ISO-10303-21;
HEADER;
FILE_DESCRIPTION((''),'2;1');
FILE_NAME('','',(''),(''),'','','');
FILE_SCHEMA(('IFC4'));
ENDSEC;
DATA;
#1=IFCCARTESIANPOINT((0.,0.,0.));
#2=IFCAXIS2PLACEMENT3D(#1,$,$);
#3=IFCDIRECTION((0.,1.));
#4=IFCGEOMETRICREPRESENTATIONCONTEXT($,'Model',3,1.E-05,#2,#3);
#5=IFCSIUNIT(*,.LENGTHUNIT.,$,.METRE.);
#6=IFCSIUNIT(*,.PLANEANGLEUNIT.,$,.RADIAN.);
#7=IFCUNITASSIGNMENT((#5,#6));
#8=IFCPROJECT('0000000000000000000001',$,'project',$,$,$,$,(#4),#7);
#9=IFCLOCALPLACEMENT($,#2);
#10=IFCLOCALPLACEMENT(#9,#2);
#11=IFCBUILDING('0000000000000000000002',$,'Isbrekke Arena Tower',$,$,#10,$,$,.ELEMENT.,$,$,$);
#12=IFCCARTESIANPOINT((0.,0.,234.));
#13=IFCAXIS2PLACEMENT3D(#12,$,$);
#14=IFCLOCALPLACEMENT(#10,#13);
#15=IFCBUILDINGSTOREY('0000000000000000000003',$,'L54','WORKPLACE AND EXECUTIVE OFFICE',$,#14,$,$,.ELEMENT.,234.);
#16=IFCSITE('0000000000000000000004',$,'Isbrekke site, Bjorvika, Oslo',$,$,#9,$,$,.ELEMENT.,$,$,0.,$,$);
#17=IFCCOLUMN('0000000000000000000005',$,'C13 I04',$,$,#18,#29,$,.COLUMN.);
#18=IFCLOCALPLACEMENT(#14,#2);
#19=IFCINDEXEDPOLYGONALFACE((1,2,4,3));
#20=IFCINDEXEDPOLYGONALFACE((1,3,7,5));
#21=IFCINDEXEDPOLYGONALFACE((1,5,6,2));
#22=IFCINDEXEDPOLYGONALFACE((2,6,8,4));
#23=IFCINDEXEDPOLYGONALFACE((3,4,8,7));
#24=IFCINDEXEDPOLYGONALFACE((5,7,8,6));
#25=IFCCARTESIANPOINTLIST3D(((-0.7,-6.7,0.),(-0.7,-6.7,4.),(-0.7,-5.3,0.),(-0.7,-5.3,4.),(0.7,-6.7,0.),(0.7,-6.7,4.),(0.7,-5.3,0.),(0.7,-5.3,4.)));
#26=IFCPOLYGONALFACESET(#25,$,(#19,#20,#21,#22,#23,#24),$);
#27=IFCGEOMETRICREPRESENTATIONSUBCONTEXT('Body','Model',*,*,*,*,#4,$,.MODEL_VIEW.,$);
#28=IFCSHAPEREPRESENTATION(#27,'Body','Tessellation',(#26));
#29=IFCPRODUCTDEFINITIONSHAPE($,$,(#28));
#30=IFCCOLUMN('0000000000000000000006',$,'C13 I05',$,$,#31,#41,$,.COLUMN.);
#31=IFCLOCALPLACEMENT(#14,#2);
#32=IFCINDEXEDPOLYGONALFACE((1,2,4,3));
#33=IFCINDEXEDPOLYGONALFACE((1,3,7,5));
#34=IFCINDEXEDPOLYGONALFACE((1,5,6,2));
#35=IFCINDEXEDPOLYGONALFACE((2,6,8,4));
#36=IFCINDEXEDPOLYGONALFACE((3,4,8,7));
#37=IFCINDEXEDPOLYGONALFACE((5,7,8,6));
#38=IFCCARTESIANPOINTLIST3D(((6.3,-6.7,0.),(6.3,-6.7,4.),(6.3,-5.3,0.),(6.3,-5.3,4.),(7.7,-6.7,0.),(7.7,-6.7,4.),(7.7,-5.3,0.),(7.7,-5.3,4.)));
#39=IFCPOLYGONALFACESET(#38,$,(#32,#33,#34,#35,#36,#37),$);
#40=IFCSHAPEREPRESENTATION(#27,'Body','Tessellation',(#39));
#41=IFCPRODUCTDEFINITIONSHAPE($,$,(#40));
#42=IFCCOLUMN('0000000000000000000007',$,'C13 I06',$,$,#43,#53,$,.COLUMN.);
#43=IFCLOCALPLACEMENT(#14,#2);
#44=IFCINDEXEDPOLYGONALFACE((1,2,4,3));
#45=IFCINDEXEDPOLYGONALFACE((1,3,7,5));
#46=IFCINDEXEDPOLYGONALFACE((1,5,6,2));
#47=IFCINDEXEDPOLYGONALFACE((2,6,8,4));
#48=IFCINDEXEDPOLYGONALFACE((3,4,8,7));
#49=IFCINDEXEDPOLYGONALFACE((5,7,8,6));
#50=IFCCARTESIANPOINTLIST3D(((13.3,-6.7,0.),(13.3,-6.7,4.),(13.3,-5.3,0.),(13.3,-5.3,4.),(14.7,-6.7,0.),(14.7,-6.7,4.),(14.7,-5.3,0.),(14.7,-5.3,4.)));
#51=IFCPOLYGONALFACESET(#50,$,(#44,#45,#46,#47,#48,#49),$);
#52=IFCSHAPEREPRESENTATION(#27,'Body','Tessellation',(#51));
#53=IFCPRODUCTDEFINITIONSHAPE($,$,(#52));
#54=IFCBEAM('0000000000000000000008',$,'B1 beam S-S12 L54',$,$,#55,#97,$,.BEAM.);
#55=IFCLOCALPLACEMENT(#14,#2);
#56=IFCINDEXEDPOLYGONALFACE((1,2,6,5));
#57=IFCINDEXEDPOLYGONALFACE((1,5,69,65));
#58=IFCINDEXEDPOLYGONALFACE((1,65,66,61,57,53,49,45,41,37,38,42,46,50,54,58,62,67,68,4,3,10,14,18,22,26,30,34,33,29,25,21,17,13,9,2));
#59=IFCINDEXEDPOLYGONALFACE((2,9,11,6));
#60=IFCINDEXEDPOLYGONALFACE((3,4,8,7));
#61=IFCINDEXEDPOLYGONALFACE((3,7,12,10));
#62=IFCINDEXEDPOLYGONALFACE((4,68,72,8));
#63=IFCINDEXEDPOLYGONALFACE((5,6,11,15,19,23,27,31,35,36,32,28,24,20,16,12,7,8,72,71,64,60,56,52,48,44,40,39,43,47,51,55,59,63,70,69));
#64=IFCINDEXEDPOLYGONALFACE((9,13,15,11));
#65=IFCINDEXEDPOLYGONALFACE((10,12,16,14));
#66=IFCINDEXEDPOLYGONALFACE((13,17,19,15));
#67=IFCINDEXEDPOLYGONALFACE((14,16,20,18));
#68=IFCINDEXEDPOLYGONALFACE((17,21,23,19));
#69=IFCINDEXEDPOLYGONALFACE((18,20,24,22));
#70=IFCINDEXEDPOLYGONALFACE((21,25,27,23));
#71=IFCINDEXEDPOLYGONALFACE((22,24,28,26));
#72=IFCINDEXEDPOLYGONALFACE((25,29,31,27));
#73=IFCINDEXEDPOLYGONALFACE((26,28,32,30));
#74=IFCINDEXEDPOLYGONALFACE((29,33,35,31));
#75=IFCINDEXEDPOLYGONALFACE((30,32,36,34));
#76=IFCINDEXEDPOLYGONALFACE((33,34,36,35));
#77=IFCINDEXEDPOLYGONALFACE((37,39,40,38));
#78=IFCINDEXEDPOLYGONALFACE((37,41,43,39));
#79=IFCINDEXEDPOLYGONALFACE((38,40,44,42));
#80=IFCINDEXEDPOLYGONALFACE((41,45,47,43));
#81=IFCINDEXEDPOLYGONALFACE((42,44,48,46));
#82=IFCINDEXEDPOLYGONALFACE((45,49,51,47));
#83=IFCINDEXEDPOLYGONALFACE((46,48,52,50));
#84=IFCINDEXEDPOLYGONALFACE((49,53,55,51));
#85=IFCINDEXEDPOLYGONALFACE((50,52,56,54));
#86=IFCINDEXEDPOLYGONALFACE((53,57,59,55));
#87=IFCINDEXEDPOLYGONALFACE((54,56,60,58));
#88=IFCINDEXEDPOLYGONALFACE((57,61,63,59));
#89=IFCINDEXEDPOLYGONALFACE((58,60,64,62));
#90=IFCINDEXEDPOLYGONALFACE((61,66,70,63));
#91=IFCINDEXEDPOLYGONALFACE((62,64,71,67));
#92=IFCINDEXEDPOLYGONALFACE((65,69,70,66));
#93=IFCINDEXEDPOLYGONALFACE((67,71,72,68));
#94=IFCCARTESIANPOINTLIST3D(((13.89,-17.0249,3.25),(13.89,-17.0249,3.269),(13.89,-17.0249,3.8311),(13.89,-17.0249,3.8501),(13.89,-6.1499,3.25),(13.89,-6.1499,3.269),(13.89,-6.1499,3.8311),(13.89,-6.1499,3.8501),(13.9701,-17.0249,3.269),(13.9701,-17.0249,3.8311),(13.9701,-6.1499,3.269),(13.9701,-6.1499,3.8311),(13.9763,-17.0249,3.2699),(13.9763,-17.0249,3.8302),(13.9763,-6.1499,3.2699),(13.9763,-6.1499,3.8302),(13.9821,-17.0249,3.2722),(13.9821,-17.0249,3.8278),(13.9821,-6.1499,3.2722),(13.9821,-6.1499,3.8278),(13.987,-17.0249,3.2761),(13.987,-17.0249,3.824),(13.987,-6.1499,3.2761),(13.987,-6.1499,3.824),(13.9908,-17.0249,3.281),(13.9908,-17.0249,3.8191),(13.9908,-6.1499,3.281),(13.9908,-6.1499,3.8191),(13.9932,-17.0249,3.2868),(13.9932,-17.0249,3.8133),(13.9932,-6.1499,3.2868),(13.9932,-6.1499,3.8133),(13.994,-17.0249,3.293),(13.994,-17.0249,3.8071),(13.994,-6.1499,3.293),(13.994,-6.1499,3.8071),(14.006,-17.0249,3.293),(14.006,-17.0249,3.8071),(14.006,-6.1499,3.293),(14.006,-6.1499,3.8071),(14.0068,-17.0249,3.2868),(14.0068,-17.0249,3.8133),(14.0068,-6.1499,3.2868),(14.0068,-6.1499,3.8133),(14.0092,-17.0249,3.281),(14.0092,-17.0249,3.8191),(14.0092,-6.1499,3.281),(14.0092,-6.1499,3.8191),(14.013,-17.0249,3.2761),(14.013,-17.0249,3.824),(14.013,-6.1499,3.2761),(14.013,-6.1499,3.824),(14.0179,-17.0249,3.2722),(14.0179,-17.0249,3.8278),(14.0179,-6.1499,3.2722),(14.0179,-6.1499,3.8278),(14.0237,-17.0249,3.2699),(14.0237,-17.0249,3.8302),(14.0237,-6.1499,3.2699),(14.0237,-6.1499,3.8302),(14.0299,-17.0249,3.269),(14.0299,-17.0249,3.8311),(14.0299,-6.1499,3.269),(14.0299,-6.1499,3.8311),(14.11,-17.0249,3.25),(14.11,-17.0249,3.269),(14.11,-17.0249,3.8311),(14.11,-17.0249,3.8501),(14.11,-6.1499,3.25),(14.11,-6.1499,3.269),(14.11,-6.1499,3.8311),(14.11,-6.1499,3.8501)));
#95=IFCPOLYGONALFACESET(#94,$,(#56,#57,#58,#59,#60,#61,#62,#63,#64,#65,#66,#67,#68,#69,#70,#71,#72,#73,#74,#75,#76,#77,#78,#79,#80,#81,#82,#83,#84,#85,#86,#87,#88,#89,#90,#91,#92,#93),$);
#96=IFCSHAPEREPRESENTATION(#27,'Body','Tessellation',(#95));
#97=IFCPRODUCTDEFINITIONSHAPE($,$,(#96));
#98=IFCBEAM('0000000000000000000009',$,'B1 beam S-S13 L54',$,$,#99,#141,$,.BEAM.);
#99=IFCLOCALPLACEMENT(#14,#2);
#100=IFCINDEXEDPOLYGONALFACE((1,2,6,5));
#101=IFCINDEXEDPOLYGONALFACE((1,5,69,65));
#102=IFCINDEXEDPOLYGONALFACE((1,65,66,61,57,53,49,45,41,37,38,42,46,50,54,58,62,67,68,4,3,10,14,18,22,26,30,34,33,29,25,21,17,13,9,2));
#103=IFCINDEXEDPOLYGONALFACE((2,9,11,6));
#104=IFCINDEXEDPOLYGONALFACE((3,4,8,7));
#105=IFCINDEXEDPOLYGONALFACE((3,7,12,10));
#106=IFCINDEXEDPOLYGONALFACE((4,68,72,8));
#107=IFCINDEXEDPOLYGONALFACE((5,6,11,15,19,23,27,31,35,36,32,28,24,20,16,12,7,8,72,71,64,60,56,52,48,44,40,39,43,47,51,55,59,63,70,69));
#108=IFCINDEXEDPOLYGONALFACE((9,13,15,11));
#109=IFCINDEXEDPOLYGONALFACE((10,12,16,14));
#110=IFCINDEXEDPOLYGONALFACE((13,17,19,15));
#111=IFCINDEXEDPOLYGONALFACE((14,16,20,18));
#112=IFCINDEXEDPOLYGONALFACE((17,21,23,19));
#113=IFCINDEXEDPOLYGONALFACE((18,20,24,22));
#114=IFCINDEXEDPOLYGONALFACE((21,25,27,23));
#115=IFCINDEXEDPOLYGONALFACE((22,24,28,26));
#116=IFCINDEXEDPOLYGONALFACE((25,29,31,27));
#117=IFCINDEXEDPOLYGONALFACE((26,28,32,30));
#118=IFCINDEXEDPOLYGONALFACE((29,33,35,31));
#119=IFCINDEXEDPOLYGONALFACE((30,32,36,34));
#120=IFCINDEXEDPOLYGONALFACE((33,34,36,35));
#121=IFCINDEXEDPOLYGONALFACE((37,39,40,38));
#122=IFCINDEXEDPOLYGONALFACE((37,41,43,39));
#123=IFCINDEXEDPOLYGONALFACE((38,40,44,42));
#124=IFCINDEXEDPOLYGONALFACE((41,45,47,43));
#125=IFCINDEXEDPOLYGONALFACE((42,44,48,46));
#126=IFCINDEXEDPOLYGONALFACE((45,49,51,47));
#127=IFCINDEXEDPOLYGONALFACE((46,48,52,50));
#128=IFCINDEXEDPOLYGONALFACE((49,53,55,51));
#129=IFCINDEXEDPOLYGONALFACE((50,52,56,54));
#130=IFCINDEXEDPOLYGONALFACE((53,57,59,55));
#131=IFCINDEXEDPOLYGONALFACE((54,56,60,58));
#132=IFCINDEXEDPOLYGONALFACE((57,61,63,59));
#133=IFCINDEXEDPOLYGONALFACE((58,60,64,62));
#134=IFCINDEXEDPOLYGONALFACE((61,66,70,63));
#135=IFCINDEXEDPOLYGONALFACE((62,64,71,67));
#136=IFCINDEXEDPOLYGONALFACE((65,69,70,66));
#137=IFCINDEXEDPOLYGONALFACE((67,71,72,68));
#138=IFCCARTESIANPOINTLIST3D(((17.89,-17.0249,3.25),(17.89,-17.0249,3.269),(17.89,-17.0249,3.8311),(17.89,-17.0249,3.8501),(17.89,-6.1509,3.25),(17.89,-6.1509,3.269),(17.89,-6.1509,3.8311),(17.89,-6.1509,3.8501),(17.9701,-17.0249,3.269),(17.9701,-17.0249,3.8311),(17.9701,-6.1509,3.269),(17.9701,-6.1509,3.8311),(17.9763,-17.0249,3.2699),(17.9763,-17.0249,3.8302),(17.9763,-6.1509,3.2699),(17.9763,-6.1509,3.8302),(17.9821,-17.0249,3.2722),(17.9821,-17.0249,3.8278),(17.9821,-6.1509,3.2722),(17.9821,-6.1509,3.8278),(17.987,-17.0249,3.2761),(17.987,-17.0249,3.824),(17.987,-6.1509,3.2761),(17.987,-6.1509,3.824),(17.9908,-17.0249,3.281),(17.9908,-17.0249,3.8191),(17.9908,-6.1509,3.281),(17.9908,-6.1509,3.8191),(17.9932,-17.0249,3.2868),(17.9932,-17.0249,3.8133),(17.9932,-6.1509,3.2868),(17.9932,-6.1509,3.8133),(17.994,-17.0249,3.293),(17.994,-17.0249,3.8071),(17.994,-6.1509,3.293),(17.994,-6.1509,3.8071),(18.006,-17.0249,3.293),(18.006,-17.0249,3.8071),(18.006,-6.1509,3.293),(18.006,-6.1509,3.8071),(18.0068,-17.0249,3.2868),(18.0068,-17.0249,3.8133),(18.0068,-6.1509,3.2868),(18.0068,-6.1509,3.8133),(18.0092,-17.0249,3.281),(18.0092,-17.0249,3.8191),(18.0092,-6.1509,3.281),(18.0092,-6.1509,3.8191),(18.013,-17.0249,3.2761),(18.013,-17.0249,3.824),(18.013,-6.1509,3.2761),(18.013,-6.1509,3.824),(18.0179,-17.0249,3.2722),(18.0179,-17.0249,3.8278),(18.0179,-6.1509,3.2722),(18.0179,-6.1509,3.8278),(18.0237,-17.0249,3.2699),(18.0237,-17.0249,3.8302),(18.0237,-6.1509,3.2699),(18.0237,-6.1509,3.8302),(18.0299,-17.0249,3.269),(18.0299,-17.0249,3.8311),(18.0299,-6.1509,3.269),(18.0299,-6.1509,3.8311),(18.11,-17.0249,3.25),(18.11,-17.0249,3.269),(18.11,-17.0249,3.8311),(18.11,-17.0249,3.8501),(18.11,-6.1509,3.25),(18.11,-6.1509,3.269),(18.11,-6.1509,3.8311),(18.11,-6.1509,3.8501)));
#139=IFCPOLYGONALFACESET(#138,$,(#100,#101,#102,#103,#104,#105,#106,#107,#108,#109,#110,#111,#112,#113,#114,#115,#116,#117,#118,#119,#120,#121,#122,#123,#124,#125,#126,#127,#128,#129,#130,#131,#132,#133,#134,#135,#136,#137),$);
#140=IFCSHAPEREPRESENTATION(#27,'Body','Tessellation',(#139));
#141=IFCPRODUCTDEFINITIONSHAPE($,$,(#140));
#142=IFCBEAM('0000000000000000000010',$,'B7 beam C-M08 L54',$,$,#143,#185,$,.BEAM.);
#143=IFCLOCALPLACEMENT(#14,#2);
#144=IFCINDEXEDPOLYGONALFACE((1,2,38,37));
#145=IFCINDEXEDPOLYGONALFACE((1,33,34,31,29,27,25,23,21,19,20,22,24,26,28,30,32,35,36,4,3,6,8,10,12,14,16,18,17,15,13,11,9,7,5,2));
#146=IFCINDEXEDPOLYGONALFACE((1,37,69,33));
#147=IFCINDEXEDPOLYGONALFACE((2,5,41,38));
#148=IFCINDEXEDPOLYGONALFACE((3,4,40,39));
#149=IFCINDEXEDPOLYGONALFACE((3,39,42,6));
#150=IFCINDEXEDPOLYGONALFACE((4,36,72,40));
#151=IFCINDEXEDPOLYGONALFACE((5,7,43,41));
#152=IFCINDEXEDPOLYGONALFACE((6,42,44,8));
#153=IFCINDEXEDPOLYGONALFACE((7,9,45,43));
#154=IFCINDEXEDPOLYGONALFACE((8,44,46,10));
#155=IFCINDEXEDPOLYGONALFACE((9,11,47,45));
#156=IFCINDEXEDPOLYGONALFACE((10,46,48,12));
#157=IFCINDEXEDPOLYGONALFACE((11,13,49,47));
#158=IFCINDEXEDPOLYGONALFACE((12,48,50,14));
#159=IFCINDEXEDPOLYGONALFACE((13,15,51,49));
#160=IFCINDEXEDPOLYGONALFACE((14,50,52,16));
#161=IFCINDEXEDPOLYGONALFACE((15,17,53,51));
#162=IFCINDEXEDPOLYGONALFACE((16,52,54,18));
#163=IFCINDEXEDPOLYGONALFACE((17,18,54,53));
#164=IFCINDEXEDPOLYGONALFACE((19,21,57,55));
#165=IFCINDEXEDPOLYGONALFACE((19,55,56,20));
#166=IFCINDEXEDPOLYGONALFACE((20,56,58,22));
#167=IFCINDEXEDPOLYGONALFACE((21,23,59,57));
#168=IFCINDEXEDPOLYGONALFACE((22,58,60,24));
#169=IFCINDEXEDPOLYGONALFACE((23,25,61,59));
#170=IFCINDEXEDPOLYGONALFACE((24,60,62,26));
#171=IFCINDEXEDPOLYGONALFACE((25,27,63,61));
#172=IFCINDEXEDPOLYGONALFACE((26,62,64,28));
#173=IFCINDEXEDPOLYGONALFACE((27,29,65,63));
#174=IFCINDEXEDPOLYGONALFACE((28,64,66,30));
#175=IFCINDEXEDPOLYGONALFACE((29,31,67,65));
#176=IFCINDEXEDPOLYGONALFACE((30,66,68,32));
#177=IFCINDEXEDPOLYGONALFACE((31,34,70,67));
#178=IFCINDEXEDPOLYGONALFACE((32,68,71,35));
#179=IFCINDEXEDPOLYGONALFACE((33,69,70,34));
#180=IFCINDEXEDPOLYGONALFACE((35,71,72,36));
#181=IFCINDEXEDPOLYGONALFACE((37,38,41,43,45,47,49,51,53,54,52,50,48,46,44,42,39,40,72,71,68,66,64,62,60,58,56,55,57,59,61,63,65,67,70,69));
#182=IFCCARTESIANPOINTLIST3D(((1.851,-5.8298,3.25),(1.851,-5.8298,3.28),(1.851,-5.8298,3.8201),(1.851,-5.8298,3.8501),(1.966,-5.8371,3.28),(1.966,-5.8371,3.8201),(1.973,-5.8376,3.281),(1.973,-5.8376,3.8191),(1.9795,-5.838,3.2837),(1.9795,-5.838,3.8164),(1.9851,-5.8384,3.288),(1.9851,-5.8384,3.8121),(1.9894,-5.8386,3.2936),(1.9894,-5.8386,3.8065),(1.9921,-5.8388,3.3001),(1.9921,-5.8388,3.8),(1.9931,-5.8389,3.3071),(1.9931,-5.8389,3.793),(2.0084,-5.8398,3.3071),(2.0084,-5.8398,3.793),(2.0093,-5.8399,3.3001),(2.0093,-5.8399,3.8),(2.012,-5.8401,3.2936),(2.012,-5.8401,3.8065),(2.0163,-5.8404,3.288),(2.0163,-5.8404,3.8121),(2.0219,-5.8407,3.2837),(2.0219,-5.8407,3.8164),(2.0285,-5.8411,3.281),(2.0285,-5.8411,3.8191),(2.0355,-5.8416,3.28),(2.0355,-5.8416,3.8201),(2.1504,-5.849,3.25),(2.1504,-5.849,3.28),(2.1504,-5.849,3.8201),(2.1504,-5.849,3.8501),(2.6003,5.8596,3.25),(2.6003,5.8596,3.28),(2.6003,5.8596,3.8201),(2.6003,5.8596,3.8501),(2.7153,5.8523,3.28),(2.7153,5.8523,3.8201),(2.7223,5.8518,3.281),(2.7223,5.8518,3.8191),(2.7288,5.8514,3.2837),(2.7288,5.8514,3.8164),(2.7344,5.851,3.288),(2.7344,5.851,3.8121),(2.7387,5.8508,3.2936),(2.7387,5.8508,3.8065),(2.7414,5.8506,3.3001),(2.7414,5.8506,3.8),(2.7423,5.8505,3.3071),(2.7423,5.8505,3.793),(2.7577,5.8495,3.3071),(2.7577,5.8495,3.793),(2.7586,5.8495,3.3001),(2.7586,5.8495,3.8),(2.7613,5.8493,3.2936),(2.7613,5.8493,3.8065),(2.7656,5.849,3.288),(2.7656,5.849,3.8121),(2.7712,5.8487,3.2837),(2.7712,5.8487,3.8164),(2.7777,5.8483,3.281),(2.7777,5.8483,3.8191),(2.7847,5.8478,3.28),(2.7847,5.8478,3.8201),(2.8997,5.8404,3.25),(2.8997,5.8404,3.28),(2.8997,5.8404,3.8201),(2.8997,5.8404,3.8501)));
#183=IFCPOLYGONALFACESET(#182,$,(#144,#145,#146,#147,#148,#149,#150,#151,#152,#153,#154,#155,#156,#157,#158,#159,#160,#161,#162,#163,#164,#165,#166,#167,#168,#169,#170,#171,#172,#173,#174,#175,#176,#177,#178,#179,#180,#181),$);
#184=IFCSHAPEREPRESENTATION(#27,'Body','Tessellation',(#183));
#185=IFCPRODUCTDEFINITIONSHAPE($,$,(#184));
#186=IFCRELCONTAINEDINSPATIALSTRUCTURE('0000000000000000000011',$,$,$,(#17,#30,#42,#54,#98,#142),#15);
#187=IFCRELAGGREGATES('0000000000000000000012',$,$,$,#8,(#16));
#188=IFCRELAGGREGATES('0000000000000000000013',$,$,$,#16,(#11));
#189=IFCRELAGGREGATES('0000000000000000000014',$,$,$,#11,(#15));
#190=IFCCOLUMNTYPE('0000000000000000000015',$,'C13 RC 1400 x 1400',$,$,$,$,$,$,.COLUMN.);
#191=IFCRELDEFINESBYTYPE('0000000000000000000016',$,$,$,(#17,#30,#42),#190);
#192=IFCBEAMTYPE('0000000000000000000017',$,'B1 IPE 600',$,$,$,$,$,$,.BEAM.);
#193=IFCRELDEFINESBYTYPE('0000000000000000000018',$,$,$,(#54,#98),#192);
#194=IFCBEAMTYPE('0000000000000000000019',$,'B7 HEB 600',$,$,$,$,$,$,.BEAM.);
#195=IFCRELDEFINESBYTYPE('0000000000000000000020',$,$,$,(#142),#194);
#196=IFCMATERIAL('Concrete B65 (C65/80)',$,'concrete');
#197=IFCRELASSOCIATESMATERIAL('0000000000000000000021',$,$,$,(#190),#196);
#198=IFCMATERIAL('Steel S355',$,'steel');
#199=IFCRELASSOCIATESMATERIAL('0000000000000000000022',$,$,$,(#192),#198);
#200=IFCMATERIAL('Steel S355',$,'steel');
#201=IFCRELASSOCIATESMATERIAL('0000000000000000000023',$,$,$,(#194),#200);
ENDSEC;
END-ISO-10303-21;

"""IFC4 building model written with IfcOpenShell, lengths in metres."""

from ifc_helpers import new_model, si_unit, direction, frame, origin, origin_2d, place, context, subcontext, project, spatial, rectangle, i_section, extrude, material, material_profile, profile_set, type_object, element, save


model = new_model("IFC4")

# Units and contexts
model_context = context("Model", 3, precision=1e-05, world=origin(), true_north=direction((0.0, 1.0)))
body_context = subcontext(model_context, "Body", "Model", "MODEL_VIEW")
ifc_project = project(units=[si_unit("LENGTHUNIT", "METRE"), si_unit("PLANEANGLEUNIT", "RADIAN")], contexts=[model_context])

# Site, building, storey
site_placement = place(None, origin())
site = spatial("IfcSite", under=ifc_project, at=site_placement, Name="Isbrekke site, Bjorvika, Oslo", CompositionType="ELEMENT", RefElevation=0.0)
building_placement = place(site_placement, origin())
building = spatial("IfcBuilding", under=site, at=building_placement, Name="Isbrekke Arena Tower", CompositionType="ELEMENT")
storey_placement = place(building_placement, frame((0.0, 0.0, 234.0)))
storey = spatial("IfcBuildingStorey", under=building, at=storey_placement, Name="L54", Description="WORKPLACE AND EXECUTIVE OFFICE", CompositionType="ELEMENT", Elevation=234.0)

# Columns
ifc_material_1 = material(Name="Concrete B65 (C65/80)", Category="concrete")
ifc_material_profile_1 = material_profile(ifc_material_1, rectangle(XDim=1.3999, YDim=1.3999, at=origin_2d()), Name="RC 1400x1400")
ifc_profile_set_1 = profile_set([ifc_material_profile_1], Name="Concrete B65 (C65/80)")
column_type = type_object("IfcColumnType", Name="C13 RC 1400 x 1400", PredefinedType="COLUMN", material=ifc_profile_set_1)
for number, where, z_axis, x_axis, name in (
    (1, (0.0, -6.0, 0.0), (0.0, 0.0, 1.0), (1.0, 0.0, 0.0), "C13 I04"),
    (2, (7.0, -6.0, 0.0), (0.0, 0.0, 1.0), (1.0, 0.0, 0.0), "C13 I05"),
    (3, (14.0, -6.0, 0.0), (0.0, 0.0, 1.0), (1.0, 0.0, 0.0), "C13 I06"),
):
    element("IfcColumn", number, at=place(storey_placement, frame(where, z_axis=z_axis, x_axis=x_axis)), inside=storey, type_object=column_type, Name=name, PredefinedType="COLUMN", context=body_context, shape_type="SweptSolid", body=[
        extrude(rectangle(XDim=1.3999, YDim=1.3999, at=origin_2d()), origin(), (0.0, 0.0, 1.0), 4.0),
    ])

# Beams
ifc_material_2 = material(Name="Steel S355", Category="steel")
ifc_material_profile_2 = material_profile(ifc_material_2, i_section(OverallWidth=0.22, OverallDepth=0.6001, WebThickness=0.012, FlangeThickness=0.019, FilletRadius=0.0239, at=origin_2d()), Name="IPE 600")
ifc_profile_set_2 = profile_set([ifc_material_profile_2], Name="Steel S355")
beam_type_1 = type_object("IfcBeamType", Name="B1 IPE 600", PredefinedType="BEAM", material=ifc_profile_set_2)
beam_1_placement = place(storey_placement, frame((14.0, -17.0249, 3.55), z_axis=(0.0, 1.0, 0.0), x_axis=(-1.0, 0.0, 0.0)))
element("IfcBeam", 4, at=beam_1_placement, inside=storey, type_object=beam_type_1, Name="B1 beam S-S12 L54", PredefinedType="BEAM", context=body_context, shape_type="SweptSolid", body=[
    extrude(i_section(OverallWidth=0.22, OverallDepth=0.6001, WebThickness=0.012, FlangeThickness=0.019, FilletRadius=0.0239, at=origin_2d()), origin(), (0.0, 0.0, 1.0), 10.875),
])
beam_2_placement = place(storey_placement, frame((18.0, -17.0249, 3.55), z_axis=(0.0, 1.0, 0.0), x_axis=(-1.0, 0.0, 0.0)))
element("IfcBeam", 5, at=beam_2_placement, inside=storey, type_object=beam_type_1, Name="B1 beam S-S13 L54", PredefinedType="BEAM", context=body_context, shape_type="SweptSolid", body=[
    extrude(i_section(OverallWidth=0.22, OverallDepth=0.6001, WebThickness=0.012, FlangeThickness=0.019, FilletRadius=0.0239, at=origin_2d()), origin(), (0.0, 0.0, 1.0), 10.874),
])
ifc_material_3 = material(Name="Steel S355", Category="steel")
ifc_material_profile_3 = material_profile(ifc_material_3, i_section(OverallWidth=0.3, OverallDepth=0.6001, WebThickness=0.0154, FlangeThickness=0.03, FilletRadius=0.0271, at=origin_2d()), Name="HEB 600")
ifc_profile_set_3 = profile_set([ifc_material_profile_3], Name="Steel S355")
beam_type_2 = type_object("IfcBeamType", Name="B7 HEB 600", PredefinedType="BEAM", material=ifc_profile_set_3)
beam_3_placement = place(storey_placement, frame((2.0007, -5.8394, 3.55), z_axis=(0.063966, 0.997952, 0.0), x_axis=(-0.997952, 0.063966, 0.0)))
element("IfcBeam", 6, at=beam_3_placement, inside=storey, type_object=beam_type_2, Name="B7 beam C-M08 L54", PredefinedType="BEAM", context=body_context, shape_type="SweptSolid", body=[
    extrude(i_section(OverallWidth=0.3, OverallDepth=0.6001, WebThickness=0.0154, FlangeThickness=0.03, FilletRadius=0.0271, at=origin_2d()), origin(), (0.0, 0.0, 1.0), 11.7134),
])

save(model, "model.ifc")
